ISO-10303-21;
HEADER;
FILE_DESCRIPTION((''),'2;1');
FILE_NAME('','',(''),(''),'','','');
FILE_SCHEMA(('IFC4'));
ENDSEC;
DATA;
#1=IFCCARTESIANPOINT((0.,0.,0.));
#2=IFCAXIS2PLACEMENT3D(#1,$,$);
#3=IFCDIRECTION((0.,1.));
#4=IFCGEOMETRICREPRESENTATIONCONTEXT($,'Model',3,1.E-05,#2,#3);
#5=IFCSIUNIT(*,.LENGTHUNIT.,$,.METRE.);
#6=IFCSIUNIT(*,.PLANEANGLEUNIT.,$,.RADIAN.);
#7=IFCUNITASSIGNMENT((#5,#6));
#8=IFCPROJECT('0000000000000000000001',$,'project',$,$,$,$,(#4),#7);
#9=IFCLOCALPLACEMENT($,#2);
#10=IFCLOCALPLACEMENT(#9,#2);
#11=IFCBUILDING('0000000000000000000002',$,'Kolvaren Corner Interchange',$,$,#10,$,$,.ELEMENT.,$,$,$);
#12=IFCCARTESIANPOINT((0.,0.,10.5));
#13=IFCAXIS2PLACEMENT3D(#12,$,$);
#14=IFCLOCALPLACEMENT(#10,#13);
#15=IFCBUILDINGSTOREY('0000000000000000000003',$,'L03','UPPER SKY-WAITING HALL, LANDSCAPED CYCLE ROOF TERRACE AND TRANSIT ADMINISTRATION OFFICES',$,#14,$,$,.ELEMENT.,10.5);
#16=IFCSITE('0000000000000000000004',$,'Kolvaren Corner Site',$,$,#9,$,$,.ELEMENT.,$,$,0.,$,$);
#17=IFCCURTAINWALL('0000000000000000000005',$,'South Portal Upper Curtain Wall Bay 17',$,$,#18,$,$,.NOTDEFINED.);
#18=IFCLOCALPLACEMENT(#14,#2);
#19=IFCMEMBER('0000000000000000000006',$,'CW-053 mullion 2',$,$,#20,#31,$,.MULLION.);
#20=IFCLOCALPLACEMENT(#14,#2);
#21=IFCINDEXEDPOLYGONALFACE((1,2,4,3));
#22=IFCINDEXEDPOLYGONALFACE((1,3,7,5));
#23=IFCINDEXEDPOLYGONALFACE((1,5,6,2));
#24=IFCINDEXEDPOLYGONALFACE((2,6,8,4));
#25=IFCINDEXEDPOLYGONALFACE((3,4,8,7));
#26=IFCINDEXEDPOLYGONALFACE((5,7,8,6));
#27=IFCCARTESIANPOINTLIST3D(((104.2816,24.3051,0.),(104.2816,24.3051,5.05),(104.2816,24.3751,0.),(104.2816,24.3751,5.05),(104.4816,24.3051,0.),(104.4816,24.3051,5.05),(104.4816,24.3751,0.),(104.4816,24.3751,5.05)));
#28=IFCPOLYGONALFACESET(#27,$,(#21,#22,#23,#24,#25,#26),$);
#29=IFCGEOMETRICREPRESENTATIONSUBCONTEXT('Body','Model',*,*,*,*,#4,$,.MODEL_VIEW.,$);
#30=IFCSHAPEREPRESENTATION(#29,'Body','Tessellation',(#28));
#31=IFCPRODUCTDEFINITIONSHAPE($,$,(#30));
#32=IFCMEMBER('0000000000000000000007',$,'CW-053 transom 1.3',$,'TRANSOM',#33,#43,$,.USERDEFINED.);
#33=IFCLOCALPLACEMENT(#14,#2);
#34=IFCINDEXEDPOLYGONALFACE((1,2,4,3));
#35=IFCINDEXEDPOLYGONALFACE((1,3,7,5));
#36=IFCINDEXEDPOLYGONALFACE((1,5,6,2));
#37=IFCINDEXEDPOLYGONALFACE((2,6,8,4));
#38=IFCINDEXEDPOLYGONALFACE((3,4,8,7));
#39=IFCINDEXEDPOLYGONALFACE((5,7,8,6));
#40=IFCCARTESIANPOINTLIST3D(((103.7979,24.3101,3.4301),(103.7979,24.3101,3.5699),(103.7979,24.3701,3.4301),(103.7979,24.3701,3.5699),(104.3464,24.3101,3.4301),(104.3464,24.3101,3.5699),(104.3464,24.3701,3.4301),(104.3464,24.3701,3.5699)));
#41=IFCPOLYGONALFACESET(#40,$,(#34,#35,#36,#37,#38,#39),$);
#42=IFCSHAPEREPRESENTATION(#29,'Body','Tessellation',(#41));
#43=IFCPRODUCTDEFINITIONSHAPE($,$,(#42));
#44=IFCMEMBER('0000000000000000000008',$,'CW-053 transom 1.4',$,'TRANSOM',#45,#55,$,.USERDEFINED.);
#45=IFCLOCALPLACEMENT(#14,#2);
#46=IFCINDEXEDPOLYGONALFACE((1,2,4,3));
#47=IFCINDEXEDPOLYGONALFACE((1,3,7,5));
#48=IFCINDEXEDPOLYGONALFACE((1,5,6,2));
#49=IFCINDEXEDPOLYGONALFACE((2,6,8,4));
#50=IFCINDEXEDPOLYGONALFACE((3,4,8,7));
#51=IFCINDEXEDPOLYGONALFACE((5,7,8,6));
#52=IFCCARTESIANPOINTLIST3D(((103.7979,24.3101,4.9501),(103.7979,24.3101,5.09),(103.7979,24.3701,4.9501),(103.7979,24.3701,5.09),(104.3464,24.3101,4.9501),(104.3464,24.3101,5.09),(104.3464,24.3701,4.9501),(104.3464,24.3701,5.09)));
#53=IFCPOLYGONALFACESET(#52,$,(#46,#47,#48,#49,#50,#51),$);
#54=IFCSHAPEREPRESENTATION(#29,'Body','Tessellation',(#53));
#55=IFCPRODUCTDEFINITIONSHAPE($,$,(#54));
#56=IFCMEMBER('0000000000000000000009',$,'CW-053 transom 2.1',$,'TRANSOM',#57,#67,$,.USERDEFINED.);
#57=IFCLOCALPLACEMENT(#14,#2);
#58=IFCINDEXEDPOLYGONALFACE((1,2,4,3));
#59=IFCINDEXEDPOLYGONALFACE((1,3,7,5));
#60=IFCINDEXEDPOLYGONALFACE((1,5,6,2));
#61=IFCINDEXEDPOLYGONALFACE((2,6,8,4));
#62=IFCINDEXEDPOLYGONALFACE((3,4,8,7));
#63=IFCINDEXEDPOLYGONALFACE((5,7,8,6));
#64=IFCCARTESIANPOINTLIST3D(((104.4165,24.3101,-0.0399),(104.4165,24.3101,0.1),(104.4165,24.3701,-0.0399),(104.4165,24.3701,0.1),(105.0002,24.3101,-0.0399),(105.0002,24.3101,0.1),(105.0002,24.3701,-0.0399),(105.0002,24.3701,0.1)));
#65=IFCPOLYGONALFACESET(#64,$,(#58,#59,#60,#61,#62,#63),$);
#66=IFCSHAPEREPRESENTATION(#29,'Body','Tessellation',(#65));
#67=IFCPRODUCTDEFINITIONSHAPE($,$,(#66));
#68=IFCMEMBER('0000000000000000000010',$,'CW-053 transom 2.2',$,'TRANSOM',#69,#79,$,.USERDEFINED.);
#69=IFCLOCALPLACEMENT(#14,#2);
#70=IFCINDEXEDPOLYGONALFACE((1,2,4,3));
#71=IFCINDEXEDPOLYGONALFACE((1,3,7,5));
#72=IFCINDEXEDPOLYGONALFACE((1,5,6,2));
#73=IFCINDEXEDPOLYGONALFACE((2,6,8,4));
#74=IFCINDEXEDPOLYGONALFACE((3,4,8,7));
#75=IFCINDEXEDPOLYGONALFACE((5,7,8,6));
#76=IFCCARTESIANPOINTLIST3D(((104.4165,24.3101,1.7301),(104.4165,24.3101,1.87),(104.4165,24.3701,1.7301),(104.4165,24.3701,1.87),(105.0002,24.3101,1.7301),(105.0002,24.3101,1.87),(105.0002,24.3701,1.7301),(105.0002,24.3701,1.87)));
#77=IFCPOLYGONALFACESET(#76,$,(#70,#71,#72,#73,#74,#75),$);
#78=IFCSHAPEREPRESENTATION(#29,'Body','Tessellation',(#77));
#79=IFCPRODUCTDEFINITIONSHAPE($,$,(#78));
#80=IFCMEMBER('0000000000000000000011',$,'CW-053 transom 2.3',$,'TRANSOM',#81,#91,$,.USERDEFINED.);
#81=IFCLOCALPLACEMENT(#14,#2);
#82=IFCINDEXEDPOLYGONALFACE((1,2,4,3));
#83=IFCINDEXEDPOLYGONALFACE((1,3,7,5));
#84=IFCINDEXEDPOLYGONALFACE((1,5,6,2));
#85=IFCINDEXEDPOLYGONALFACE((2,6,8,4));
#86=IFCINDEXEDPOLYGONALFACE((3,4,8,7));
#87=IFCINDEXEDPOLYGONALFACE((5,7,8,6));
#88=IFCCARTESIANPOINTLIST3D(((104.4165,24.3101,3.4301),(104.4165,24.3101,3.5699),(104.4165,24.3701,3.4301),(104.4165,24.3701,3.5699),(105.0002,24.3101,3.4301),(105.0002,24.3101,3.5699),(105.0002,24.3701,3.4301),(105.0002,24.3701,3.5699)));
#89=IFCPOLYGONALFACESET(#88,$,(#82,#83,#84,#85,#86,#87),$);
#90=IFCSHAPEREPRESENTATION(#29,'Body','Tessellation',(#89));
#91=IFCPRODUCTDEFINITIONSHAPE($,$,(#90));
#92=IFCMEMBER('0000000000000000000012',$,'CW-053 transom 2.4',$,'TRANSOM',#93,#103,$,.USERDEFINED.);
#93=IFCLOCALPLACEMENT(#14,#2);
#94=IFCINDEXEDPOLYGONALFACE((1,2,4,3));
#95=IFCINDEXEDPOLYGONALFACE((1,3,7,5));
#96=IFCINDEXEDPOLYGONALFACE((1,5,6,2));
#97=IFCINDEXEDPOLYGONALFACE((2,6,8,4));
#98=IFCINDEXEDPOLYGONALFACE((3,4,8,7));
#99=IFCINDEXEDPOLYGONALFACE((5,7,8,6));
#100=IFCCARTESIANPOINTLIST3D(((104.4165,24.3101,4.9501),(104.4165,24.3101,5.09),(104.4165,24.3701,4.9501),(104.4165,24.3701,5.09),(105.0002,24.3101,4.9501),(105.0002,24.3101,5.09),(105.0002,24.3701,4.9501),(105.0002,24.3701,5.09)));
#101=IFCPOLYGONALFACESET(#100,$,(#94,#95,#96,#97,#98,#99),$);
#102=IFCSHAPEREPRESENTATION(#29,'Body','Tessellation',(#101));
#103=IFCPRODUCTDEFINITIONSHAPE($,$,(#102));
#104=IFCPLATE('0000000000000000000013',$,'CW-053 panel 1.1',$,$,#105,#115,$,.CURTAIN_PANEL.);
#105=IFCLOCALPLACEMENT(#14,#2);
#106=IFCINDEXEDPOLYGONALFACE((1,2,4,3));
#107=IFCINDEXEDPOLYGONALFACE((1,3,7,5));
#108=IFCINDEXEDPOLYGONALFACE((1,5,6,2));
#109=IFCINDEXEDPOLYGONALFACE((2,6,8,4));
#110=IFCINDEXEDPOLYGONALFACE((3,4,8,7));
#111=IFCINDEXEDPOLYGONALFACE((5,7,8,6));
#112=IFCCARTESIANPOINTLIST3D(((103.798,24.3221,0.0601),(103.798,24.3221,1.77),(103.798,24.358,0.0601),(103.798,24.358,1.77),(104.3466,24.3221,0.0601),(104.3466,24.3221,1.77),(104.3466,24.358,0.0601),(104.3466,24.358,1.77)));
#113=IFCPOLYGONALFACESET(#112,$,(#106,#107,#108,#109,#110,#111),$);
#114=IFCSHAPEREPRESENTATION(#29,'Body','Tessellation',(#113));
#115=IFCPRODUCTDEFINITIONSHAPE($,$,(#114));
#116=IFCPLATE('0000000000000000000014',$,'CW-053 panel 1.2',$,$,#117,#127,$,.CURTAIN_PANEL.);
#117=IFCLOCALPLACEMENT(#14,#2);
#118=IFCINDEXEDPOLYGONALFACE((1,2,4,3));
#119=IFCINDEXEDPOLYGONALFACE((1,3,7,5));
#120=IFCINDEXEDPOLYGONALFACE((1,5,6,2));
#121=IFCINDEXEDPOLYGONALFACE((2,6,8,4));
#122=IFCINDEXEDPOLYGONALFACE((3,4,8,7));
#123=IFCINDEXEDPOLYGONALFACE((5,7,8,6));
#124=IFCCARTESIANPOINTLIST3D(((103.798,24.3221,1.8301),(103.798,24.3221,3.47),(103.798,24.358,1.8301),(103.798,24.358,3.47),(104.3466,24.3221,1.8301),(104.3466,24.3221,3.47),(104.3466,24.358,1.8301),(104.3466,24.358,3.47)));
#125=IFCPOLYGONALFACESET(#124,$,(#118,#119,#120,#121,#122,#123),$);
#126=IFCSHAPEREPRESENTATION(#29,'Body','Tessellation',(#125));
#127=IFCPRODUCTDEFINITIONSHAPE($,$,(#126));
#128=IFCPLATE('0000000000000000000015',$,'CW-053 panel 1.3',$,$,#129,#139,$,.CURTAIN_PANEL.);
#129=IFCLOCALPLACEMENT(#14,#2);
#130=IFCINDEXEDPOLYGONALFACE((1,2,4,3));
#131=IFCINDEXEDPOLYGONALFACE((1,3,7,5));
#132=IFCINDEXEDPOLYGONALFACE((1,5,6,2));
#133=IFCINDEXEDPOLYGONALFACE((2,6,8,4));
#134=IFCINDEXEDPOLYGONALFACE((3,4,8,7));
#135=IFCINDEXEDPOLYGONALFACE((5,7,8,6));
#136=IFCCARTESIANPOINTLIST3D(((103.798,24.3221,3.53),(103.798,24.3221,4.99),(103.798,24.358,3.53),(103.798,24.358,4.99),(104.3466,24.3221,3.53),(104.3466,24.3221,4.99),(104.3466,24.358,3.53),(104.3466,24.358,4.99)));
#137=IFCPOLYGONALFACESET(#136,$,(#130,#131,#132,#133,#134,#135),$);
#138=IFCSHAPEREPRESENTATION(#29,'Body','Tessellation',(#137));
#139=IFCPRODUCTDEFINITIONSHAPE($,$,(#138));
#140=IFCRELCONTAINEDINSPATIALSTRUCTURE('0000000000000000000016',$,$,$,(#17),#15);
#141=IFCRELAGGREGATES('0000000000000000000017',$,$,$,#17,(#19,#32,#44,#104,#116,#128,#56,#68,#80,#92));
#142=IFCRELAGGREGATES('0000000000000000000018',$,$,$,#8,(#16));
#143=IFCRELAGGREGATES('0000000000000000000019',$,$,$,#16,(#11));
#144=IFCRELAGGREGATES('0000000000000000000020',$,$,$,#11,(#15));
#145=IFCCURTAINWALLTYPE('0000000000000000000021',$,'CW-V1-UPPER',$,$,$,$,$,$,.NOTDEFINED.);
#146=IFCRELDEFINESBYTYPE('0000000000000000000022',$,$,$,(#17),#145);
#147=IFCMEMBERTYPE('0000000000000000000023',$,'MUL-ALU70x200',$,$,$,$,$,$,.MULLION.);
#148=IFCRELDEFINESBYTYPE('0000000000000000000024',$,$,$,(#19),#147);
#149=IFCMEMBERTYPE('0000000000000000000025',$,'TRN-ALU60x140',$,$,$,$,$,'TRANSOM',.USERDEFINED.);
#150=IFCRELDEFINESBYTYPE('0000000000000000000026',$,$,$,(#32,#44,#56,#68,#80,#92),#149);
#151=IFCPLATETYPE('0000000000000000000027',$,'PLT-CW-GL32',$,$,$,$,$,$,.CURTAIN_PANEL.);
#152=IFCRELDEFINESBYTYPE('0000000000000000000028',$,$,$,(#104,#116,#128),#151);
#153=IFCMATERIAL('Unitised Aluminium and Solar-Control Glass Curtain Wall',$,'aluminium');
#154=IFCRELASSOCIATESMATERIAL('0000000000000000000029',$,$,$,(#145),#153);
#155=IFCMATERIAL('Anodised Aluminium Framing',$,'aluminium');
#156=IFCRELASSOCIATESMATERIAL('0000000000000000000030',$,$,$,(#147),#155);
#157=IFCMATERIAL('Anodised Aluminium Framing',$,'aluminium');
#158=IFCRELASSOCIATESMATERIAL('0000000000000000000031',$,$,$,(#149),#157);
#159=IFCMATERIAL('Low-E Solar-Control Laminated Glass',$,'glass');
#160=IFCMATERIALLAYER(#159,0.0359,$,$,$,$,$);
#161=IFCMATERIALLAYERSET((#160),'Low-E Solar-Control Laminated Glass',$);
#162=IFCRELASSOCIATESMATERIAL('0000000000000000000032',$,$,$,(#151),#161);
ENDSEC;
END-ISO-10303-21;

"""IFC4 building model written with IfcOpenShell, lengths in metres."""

from ifc_helpers import new_model, si_unit, direction, frame, origin, origin_2d, place, context, subcontext, project, spatial, rectangle, extrude, material, layer, layer_set, material_profile, profile_set, type_object, element, aggregate, save


model = new_model("IFC4")

# Units and contexts
model_context = context("Model", 3, precision=1e-05, world=origin(), true_north=direction((0.0, 1.0)))
body_context = subcontext(model_context, "Body", "Model", "MODEL_VIEW")
ifc_project = project(units=[si_unit("LENGTHUNIT", "METRE"), si_unit("PLANEANGLEUNIT", "RADIAN")], contexts=[model_context])

# Site, building, storey
site_placement = place(None, origin())
site = spatial("IfcSite", under=ifc_project, at=site_placement, Name="Kolvaren Corner Site", CompositionType="ELEMENT", RefElevation=0.0)
building_placement = place(site_placement, origin())
building = spatial("IfcBuilding", under=site, at=building_placement, Name="Kolvaren Corner Interchange", CompositionType="ELEMENT")
storey_placement = place(building_placement, frame((0.0, 0.0, 10.5)))
storey = spatial("IfcBuildingStorey", under=building, at=storey_placement, Name="L03", Description="UPPER SKY-WAITING HALL, LANDSCAPED CYCLE ROOF TERRACE AND TRANSIT ADMINISTRATION OFFICES", CompositionType="ELEMENT", Elevation=10.5)

# Curtain wall, members, plates
ifc_material_1 = material(Name="Unitised Aluminium and Solar-Control Glass Curtain Wall", Category="aluminium")
curtain_wall_type = type_object("IfcCurtainWallType", Name="CW-V1-UPPER", PredefinedType="NOTDEFINED", material=ifc_material_1)
curtain_wall_placement = place(storey_placement, origin())
curtain_wall = element("IfcCurtainWall", 1, at=curtain_wall_placement, inside=storey, type_object=curtain_wall_type, Name="South Portal Upper Curtain Wall Bay 17", PredefinedType="NOTDEFINED")
ifc_material_2 = material(Name="Anodised Aluminium Framing", Category="aluminium")
ifc_material_profile_1 = material_profile(ifc_material_2, rectangle(XDim=0.0701, YDim=0.2, at=origin_2d()), Name="ALU 70x200")
ifc_profile_set_1 = profile_set([ifc_material_profile_1], Name="Anodised Aluminium Framing")
member_type_1 = type_object("IfcMemberType", Name="MUL-ALU70x200", PredefinedType="MULLION", material=ifc_profile_set_1)
member_1_placement = place(storey_placement, frame((104.3816, 24.3401, 0.0), z_axis=(0.0, 0.0, 1.0), x_axis=(0.0, 1.0, 0.0)))
member_1 = element("IfcMember", 2, at=member_1_placement, type_object=member_type_1, Name="CW-053 mullion 2", PredefinedType="MULLION", context=body_context, shape_type="SweptSolid", body=[
    extrude(rectangle(XDim=0.0701, YDim=0.2, at=origin_2d()), origin(), (0.0, 0.0, 1.0), 5.05),
])
ifc_material_3 = material(Name="Anodised Aluminium Framing", Category="aluminium")
ifc_material_profile_2 = material_profile(ifc_material_3, rectangle(XDim=0.0601, YDim=0.1399, at=origin_2d()), Name="ALU 60x140")
ifc_profile_set_2 = profile_set([ifc_material_profile_2], Name="Anodised Aluminium Framing")
member_type_2 = type_object("IfcMemberType", Name="TRN-ALU60x140", ElementType="TRANSOM", PredefinedType="USERDEFINED", material=ifc_profile_set_2)
member_2_placement = place(storey_placement, frame((103.7979, 24.3401, 3.5), z_axis=(1.0, 0.0, 0.0), x_axis=(0.0, 1.0, 0.0)))
member_2 = element("IfcMember", 3, at=member_2_placement, type_object=member_type_2, Name="CW-053 transom 1.3", ObjectType="TRANSOM", PredefinedType="USERDEFINED", context=body_context, shape_type="SweptSolid", body=[
    extrude(rectangle(XDim=0.0601, YDim=0.1399, at=origin_2d()), origin(), (0.0, 0.0, 1.0), 0.5486),
])
member_3_placement = place(storey_placement, frame((103.7979, 24.3401, 5.02), z_axis=(1.0, 0.0, 0.0), x_axis=(0.0, 1.0, 0.0)))
member_3 = element("IfcMember", 4, at=member_3_placement, type_object=member_type_2, Name="CW-053 transom 1.4", ObjectType="TRANSOM", PredefinedType="USERDEFINED", context=body_context, shape_type="SweptSolid", body=[
    extrude(rectangle(XDim=0.0601, YDim=0.1399, at=origin_2d()), origin(), (0.0, 0.0, 1.0), 0.5486),
])
member_4_placement = place(storey_placement, frame((104.4165, 24.3401, 0.03), z_axis=(1.0, 0.0, 0.0), x_axis=(0.0, 1.0, 0.0)))
member_4 = element("IfcMember", 5, at=member_4_placement, type_object=member_type_2, Name="CW-053 transom 2.1", ObjectType="TRANSOM", PredefinedType="USERDEFINED", context=body_context, shape_type="SweptSolid", body=[
    extrude(rectangle(XDim=0.0601, YDim=0.1399, at=origin_2d()), origin(), (0.0, 0.0, 1.0), 0.5837),
])
member_5_placement = place(storey_placement, frame((104.4165, 24.3401, 1.8), z_axis=(1.0, 0.0, 0.0), x_axis=(0.0, 1.0, 0.0)))
member_5 = element("IfcMember", 6, at=member_5_placement, type_object=member_type_2, Name="CW-053 transom 2.2", ObjectType="TRANSOM", PredefinedType="USERDEFINED", context=body_context, shape_type="SweptSolid", body=[
    extrude(rectangle(XDim=0.0601, YDim=0.1399, at=origin_2d()), origin(), (0.0, 0.0, 1.0), 0.5837),
])
member_6_placement = place(storey_placement, frame((104.4165, 24.3401, 3.5), z_axis=(1.0, 0.0, 0.0), x_axis=(0.0, 1.0, 0.0)))
member_6 = element("IfcMember", 7, at=member_6_placement, type_object=member_type_2, Name="CW-053 transom 2.3", ObjectType="TRANSOM", PredefinedType="USERDEFINED", context=body_context, shape_type="SweptSolid", body=[
    extrude(rectangle(XDim=0.0601, YDim=0.1399, at=origin_2d()), origin(), (0.0, 0.0, 1.0), 0.5837),
])
member_7_placement = place(storey_placement, frame((104.4165, 24.3401, 5.02), z_axis=(1.0, 0.0, 0.0), x_axis=(0.0, 1.0, 0.0)))
member_7 = element("IfcMember", 8, at=member_7_placement, type_object=member_type_2, Name="CW-053 transom 2.4", ObjectType="TRANSOM", PredefinedType="USERDEFINED", context=body_context, shape_type="SweptSolid", body=[
    extrude(rectangle(XDim=0.0601, YDim=0.1399, at=origin_2d()), origin(), (0.0, 0.0, 1.0), 0.5837),
])
ifc_material_4 = material(Name="Low-E Solar-Control Laminated Glass", Category="glass")
ifc_layer = layer(ifc_material_4, 0.0359)
ifc_layer_set = layer_set([ifc_layer], Name="Low-E Solar-Control Laminated Glass")
plate_type = type_object("IfcPlateType", Name="PLT-CW-GL32", PredefinedType="CURTAIN_PANEL", material=ifc_layer_set)
plate_1_placement = place(storey_placement, frame((104.0723, 24.3401, 0.0601), z_axis=(0.0, 0.0, 1.0), x_axis=(1.0, 0.0, 0.0)))
plate_1 = element("IfcPlate", 9, at=plate_1_placement, type_object=plate_type, Name="CW-053 panel 1.1", PredefinedType="CURTAIN_PANEL", context=body_context, shape_type="SweptSolid", body=[
    extrude(rectangle(XDim=0.5486, YDim=0.0359, at=origin_2d()), origin(), (0.0, 0.0, 1.0), 1.71),
])
plate_2_placement = place(storey_placement, frame((104.0723, 24.3401, 1.8301), z_axis=(0.0, 0.0, 1.0), x_axis=(1.0, 0.0, 0.0)))
plate_2 = element("IfcPlate", 10, at=plate_2_placement, type_object=plate_type, Name="CW-053 panel 1.2", PredefinedType="CURTAIN_PANEL", context=body_context, shape_type="SweptSolid", body=[
    extrude(rectangle(XDim=0.5486, YDim=0.0359, at=origin_2d()), origin(), (0.0, 0.0, 1.0), 1.6399),
])
plate_3_placement = place(storey_placement, frame((104.0723, 24.3401, 3.53), z_axis=(0.0, 0.0, 1.0), x_axis=(1.0, 0.0, 0.0)))
plate_3 = element("IfcPlate", 11, at=plate_3_placement, type_object=plate_type, Name="CW-053 panel 1.3", PredefinedType="CURTAIN_PANEL", context=body_context, shape_type="SweptSolid", body=[
    extrude(rectangle(XDim=0.5486, YDim=0.0359, at=origin_2d()), origin(), (0.0, 0.0, 1.0), 1.46),
])
aggregate(curtain_wall, [member_1, member_2, member_3, plate_1, plate_2, plate_3, member_4, member_5, member_6, member_7])

save(model, "model.ifc")
